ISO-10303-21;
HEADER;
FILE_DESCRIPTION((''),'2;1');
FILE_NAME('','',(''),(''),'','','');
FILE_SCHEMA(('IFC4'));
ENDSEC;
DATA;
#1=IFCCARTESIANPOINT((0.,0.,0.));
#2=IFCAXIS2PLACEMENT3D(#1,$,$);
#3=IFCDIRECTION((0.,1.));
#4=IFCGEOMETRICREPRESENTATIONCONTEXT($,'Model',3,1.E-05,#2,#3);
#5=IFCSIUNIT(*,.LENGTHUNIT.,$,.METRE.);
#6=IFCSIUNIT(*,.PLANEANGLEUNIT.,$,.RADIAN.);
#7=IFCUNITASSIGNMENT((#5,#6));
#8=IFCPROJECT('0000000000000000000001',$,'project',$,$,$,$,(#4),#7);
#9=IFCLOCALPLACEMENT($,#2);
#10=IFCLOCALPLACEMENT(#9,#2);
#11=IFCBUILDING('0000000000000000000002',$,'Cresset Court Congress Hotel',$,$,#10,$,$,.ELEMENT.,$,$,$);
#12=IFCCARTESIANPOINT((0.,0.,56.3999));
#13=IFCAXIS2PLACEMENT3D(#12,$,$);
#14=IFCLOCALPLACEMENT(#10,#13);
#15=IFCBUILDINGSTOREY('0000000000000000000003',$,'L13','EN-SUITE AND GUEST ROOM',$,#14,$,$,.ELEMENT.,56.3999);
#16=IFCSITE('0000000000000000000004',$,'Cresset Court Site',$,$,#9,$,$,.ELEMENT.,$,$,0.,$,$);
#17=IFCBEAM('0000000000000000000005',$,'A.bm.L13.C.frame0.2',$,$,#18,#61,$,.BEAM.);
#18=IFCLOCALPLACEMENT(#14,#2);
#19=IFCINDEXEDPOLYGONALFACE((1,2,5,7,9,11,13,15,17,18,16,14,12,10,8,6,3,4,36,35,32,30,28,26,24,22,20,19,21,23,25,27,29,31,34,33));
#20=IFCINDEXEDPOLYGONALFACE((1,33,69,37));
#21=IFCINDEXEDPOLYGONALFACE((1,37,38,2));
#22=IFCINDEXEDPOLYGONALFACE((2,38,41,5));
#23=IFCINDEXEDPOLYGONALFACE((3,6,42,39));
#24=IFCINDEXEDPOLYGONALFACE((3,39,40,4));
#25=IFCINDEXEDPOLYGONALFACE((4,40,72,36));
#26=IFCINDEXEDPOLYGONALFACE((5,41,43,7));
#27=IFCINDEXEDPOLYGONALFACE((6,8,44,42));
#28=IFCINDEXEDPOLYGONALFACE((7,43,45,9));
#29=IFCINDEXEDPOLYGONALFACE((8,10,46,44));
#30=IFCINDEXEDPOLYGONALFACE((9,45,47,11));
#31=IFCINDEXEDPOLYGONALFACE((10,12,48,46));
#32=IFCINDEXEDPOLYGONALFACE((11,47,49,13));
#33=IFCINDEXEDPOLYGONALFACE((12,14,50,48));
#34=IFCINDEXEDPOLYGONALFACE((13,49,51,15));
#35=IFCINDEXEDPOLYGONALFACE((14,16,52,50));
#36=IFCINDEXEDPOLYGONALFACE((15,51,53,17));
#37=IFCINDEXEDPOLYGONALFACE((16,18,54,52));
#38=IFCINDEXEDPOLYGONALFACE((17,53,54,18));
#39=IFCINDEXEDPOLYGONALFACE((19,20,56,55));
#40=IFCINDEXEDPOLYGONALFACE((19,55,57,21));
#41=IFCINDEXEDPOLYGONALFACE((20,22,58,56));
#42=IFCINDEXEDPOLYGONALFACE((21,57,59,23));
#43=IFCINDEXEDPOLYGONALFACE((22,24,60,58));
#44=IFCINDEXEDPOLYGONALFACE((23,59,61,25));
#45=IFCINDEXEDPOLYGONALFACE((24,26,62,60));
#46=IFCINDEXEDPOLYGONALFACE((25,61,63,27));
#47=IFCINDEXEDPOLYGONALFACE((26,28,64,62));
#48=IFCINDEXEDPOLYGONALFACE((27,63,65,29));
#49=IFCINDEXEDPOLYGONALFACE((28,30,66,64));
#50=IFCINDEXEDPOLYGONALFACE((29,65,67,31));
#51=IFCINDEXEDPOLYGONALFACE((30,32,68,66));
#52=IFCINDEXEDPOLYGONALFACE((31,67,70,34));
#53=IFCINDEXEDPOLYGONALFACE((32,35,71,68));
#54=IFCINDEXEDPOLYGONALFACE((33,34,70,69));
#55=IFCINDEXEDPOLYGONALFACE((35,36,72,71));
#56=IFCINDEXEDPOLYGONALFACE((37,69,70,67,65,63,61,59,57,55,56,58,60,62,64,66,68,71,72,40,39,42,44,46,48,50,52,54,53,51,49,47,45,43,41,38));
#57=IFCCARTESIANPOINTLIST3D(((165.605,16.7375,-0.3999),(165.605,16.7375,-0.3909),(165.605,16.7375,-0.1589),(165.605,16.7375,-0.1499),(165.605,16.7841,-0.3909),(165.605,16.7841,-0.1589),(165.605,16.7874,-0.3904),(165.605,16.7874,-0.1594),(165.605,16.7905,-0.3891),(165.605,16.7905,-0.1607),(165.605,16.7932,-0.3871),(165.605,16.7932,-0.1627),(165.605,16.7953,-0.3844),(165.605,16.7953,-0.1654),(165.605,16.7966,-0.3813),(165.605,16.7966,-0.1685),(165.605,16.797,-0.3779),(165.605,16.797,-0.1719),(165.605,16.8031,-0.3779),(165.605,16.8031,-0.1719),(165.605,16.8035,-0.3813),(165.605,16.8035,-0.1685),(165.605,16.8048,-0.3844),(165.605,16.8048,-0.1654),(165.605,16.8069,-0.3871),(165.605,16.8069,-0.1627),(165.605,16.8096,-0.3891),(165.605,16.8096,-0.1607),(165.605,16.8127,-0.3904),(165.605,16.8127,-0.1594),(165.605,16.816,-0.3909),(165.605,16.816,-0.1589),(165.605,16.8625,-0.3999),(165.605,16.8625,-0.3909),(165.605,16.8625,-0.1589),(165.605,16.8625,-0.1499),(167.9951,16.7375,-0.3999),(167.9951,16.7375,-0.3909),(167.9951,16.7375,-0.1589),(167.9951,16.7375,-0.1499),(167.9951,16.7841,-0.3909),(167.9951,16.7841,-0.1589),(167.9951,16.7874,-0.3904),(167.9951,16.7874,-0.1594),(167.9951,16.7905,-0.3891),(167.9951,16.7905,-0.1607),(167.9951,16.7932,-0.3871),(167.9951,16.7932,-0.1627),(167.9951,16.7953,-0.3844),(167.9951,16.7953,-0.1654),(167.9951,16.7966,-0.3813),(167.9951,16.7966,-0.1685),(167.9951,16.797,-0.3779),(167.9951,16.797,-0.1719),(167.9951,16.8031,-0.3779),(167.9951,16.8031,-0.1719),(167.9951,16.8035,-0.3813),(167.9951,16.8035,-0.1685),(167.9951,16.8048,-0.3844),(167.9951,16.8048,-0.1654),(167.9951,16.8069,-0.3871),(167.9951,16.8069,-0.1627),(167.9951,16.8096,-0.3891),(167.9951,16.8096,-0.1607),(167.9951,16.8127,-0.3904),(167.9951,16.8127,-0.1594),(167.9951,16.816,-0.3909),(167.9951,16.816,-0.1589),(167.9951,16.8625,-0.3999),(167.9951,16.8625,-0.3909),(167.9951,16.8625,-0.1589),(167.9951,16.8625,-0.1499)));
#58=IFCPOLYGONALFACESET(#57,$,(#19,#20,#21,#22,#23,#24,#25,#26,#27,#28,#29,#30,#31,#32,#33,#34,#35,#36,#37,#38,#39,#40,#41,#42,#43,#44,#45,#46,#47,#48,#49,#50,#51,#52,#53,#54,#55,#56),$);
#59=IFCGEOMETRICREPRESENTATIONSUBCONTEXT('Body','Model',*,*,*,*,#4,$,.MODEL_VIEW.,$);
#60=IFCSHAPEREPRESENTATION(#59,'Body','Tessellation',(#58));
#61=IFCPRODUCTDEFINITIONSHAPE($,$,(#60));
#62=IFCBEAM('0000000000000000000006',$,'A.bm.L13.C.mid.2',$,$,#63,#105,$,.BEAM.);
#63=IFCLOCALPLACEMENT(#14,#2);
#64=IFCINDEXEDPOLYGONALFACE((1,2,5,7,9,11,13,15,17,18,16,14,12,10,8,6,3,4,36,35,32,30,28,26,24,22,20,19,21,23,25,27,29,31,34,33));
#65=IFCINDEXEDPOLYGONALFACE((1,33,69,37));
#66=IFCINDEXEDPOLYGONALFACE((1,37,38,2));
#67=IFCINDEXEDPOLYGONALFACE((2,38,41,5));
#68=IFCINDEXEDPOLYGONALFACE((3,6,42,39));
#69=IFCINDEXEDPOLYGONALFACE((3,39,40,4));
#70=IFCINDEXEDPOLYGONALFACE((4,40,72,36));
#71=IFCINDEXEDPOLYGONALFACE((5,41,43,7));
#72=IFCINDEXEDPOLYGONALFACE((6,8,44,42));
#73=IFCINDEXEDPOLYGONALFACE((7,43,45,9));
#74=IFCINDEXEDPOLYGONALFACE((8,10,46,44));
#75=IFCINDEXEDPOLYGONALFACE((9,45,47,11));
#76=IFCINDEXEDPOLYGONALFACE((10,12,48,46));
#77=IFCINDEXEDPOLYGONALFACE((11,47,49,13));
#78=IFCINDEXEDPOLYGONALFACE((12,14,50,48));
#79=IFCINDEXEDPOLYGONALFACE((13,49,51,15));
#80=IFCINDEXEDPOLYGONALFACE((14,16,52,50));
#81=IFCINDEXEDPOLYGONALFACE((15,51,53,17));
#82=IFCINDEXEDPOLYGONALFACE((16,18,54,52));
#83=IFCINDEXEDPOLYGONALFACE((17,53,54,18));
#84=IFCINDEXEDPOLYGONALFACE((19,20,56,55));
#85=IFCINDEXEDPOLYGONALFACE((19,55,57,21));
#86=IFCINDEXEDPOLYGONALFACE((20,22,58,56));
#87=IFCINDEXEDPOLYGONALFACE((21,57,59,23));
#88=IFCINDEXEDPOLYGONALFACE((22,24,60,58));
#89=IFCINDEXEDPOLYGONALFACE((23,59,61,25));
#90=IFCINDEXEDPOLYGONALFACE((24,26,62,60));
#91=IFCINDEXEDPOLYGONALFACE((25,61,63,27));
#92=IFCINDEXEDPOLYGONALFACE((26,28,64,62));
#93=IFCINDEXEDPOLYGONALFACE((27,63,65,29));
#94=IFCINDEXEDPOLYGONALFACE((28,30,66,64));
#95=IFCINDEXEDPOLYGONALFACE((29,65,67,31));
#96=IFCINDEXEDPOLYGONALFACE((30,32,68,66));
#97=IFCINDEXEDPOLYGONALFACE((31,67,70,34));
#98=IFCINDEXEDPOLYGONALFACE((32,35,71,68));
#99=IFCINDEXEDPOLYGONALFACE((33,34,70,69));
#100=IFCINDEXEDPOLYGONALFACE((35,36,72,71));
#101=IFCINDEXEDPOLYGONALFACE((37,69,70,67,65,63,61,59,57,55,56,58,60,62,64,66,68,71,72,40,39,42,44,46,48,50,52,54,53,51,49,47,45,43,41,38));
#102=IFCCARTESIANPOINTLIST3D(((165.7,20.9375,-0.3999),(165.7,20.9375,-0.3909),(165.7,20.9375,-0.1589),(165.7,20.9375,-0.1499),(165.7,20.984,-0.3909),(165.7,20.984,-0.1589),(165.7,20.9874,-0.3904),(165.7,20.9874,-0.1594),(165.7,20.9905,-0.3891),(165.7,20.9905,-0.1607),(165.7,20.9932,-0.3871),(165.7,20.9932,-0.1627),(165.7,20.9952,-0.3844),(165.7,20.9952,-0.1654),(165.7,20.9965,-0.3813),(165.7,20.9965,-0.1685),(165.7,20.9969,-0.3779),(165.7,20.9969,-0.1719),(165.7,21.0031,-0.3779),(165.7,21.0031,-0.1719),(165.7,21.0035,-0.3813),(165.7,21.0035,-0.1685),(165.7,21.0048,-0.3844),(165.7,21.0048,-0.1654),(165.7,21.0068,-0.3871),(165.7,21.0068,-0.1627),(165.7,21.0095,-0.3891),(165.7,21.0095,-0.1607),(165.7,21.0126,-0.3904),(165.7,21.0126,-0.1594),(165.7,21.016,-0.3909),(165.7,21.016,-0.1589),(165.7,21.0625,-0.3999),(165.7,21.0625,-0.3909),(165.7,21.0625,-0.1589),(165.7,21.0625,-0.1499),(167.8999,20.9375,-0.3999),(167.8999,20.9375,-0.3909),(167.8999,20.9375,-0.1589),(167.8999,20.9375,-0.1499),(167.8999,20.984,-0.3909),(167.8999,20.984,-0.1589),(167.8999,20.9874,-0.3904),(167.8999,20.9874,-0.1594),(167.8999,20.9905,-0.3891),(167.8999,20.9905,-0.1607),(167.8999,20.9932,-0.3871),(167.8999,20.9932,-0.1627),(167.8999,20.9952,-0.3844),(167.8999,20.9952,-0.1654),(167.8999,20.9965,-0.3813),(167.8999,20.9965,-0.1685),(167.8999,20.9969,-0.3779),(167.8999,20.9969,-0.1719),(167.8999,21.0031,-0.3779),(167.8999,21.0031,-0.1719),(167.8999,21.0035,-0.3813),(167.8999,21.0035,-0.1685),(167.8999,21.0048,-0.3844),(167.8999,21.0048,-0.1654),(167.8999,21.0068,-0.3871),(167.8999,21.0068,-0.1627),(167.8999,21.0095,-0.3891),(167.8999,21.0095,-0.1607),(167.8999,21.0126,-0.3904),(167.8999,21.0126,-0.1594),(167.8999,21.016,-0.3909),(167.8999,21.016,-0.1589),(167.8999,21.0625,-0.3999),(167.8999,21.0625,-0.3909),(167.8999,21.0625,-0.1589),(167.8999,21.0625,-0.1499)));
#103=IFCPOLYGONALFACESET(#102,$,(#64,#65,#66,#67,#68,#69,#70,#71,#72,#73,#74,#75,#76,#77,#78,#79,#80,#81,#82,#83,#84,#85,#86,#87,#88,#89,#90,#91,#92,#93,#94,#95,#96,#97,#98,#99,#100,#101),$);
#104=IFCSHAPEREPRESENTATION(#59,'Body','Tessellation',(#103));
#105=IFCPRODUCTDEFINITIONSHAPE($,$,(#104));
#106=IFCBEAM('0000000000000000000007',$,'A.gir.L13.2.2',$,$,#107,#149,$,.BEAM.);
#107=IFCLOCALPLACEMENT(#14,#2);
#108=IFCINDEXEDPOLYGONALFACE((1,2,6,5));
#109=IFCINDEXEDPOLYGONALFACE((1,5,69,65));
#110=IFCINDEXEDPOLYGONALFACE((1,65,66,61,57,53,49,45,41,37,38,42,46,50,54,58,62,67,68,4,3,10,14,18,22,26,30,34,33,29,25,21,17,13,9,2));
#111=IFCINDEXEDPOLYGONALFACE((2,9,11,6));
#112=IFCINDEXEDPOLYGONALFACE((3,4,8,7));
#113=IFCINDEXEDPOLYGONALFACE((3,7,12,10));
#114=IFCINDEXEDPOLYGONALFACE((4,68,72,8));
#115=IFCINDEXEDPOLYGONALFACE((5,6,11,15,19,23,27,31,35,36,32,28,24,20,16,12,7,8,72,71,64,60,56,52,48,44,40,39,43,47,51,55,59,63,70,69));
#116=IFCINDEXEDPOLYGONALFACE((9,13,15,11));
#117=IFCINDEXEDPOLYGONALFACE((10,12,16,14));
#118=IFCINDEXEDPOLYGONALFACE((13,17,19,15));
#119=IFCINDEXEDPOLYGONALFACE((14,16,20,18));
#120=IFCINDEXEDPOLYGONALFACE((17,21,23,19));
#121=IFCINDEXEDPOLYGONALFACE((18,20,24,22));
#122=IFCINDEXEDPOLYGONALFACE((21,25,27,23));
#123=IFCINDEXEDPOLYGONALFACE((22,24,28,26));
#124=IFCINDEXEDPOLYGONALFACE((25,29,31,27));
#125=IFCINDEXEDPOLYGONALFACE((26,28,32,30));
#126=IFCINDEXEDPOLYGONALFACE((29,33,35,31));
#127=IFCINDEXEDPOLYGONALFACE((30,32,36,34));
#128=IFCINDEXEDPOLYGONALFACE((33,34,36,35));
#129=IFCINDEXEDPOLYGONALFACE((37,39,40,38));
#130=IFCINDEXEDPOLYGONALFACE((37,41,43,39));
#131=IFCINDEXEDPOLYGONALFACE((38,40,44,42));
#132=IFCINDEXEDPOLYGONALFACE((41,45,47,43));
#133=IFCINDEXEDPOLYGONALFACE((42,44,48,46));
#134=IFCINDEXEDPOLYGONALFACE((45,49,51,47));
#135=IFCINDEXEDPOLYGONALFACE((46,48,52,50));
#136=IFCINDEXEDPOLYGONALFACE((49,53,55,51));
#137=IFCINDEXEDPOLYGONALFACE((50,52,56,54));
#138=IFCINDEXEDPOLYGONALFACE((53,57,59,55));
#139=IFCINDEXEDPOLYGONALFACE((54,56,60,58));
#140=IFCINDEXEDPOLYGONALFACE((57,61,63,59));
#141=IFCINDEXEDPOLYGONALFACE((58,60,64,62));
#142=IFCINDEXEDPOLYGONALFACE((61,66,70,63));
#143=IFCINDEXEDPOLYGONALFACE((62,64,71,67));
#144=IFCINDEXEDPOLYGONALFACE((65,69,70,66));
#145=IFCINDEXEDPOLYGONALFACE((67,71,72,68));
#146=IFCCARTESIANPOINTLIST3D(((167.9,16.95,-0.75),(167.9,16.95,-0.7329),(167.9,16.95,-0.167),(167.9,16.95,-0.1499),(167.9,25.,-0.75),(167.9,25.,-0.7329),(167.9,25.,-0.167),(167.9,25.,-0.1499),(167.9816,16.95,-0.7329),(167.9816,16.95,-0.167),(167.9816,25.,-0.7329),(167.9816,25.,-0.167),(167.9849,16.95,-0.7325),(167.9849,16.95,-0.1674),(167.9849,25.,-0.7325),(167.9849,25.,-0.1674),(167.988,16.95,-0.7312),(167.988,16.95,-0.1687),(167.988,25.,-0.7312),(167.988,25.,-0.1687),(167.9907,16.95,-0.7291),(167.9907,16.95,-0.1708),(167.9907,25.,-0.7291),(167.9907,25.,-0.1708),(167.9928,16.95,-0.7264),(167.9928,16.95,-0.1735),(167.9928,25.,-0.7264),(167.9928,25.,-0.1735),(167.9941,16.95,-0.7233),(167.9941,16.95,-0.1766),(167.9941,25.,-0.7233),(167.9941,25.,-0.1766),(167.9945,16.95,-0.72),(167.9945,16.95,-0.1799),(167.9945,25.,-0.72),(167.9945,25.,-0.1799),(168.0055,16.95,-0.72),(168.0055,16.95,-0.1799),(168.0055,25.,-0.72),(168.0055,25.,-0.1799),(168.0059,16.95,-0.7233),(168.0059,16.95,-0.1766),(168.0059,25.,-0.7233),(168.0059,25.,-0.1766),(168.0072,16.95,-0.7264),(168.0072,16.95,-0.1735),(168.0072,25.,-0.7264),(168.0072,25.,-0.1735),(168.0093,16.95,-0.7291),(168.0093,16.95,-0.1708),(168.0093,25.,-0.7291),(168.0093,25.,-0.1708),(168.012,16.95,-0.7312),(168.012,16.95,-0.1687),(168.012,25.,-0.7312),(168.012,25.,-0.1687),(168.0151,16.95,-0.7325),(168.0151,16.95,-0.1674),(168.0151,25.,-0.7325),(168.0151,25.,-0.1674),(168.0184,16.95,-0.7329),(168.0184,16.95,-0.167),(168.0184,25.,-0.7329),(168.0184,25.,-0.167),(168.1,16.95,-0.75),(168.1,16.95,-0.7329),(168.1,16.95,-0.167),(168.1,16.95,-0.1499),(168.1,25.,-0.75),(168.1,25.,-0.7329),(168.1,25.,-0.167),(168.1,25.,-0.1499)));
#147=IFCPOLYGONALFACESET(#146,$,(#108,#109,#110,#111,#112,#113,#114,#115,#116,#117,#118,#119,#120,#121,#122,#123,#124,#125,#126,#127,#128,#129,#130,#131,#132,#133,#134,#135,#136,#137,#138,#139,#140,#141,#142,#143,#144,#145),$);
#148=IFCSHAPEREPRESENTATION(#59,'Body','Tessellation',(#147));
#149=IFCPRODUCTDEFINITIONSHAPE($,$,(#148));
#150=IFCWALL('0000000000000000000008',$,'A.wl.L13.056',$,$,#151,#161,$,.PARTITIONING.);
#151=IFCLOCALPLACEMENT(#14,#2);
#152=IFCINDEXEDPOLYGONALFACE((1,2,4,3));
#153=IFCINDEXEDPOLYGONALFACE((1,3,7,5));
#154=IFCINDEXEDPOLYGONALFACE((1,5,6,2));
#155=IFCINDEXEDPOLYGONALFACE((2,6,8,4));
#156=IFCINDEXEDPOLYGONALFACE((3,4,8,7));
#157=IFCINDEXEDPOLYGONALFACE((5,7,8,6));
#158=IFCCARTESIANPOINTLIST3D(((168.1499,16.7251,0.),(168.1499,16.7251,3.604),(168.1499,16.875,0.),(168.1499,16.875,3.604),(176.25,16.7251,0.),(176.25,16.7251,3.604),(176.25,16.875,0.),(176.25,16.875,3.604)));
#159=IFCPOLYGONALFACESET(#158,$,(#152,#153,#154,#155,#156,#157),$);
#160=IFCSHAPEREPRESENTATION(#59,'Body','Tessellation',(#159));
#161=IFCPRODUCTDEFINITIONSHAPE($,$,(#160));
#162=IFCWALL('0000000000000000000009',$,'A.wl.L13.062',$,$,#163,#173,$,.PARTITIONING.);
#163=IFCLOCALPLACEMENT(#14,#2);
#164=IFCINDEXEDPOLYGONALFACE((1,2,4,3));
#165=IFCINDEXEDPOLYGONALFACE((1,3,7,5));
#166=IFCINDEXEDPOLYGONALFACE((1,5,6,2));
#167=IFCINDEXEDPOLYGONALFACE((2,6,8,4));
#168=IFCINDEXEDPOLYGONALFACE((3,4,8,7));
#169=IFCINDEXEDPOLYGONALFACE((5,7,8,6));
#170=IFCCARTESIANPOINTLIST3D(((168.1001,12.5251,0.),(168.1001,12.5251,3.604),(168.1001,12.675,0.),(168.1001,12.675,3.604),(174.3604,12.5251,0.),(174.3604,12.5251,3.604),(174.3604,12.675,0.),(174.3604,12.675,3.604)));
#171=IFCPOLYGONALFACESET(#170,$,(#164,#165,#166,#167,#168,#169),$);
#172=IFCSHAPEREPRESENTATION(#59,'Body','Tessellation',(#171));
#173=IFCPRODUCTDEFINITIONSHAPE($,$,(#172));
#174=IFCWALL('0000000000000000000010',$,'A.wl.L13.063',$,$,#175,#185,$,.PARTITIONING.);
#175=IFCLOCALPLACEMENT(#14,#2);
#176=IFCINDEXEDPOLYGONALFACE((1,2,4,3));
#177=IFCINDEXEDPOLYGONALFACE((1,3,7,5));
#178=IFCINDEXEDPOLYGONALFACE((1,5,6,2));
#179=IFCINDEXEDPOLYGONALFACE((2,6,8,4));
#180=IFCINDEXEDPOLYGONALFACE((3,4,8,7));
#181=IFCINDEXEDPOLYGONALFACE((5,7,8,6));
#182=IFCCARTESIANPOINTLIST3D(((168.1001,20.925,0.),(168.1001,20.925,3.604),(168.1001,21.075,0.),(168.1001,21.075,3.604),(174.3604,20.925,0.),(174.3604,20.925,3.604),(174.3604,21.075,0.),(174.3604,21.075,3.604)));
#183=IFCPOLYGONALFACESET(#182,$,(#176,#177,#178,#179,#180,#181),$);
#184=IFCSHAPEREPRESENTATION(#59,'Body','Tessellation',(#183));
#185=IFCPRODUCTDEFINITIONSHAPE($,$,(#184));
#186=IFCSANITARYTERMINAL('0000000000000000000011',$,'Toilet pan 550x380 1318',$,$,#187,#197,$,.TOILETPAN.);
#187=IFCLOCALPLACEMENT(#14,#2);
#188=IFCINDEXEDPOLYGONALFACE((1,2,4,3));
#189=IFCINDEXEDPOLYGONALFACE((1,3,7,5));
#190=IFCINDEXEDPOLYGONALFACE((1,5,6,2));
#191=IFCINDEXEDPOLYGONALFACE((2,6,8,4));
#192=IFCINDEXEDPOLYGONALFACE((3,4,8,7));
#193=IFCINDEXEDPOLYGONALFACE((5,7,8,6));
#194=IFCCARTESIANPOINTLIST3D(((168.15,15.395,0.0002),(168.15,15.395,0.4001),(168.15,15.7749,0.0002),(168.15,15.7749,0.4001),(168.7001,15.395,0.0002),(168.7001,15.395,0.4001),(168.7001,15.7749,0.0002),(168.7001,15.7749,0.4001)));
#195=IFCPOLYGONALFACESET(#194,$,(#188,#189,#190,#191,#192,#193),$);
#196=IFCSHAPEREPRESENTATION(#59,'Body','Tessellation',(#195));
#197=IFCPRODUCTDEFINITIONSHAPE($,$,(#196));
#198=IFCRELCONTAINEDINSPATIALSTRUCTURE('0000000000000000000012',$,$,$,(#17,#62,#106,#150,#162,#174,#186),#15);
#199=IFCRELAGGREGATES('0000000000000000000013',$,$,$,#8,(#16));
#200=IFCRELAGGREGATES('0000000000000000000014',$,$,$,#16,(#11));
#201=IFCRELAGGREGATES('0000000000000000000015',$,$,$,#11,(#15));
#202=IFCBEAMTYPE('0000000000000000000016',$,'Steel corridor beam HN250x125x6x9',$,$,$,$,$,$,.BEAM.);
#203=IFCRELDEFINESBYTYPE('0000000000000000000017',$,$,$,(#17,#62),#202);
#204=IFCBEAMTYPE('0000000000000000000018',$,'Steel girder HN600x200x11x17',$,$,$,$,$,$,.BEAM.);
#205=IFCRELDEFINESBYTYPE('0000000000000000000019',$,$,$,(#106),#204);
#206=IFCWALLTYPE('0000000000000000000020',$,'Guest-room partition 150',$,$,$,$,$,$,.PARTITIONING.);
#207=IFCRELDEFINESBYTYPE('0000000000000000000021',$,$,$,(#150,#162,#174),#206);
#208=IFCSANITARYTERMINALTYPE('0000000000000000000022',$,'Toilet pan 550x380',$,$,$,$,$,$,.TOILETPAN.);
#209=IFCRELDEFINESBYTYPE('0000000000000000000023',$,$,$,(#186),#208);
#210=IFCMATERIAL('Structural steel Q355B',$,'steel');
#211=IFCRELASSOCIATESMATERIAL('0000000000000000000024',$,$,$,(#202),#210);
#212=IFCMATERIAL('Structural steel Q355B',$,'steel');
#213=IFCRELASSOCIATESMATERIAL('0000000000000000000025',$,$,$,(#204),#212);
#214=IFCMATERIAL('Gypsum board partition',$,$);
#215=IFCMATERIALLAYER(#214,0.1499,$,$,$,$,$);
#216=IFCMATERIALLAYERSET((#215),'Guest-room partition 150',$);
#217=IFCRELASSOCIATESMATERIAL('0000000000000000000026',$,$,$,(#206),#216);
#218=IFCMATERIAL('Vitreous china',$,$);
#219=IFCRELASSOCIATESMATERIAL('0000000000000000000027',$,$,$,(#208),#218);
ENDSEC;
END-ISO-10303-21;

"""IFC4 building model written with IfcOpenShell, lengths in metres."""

from ifc_helpers import new_model, si_unit, direction, frame, frame_2d, origin, origin_2d, place, context, subcontext, project, spatial, rectangle, i_section, extrude, material, layer, layer_set, material_profile, profile_set, type_object, element, save


model = new_model("IFC4")

# Units and contexts
model_context = context("Model", 3, precision=1e-05, world=origin(), true_north=direction((0.0, 1.0)))
body_context = subcontext(model_context, "Body", "Model", "MODEL_VIEW")
ifc_project = project(units=[si_unit("LENGTHUNIT", "METRE"), si_unit("PLANEANGLEUNIT", "RADIAN")], contexts=[model_context])

# Site, building, storey
site_placement = place(None, origin())
site = spatial("IfcSite", under=ifc_project, at=site_placement, Name="Cresset Court Site", CompositionType="ELEMENT", RefElevation=0.0)
building_placement = place(site_placement, origin())
building = spatial("IfcBuilding", under=site, at=building_placement, Name="Cresset Court Congress Hotel", CompositionType="ELEMENT")
storey_placement = place(building_placement, frame((0.0, 0.0, 56.3999)))
storey = spatial("IfcBuildingStorey", under=building, at=storey_placement, Name="L13", Description="EN-SUITE AND GUEST ROOM", CompositionType="ELEMENT", Elevation=56.3999)

# Beams
ifc_material_1 = material(Name="Structural steel Q355B", Category="steel")
ifc_material_profile_1 = material_profile(ifc_material_1, i_section(OverallWidth=0.125, OverallDepth=0.25, WebThickness=0.0061, FlangeThickness=0.009, FilletRadius=0.0129, at=origin_2d()), Name="HN250x125x6x9")
ifc_profile_set_1 = profile_set([ifc_material_profile_1], Name="Structural steel Q355B")
beam_type_1 = type_object("IfcBeamType", Name="Steel corridor beam HN250x125x6x9", PredefinedType="BEAM", material=ifc_profile_set_1)
beam_1_placement = place(storey_placement, frame((165.605, 16.8, -0.2749), z_axis=(1.0, 0.0, 0.0), x_axis=(0.0, 1.0, 0.0)))
element("IfcBeam", 1, at=beam_1_placement, inside=storey, type_object=beam_type_1, Name="A.bm.L13.C.frame0.2", PredefinedType="BEAM", context=body_context, shape_type="SweptSolid", body=[
    extrude(i_section(OverallWidth=0.125, OverallDepth=0.25, WebThickness=0.0061, FlangeThickness=0.009, FilletRadius=0.0129, at=origin_2d()), origin(), (0.0, 0.0, 1.0), 2.3901),
])
beam_2_placement = place(storey_placement, frame((165.7, 21.0, -0.2749), z_axis=(1.0, 0.0, 0.0), x_axis=(0.0, 1.0, 0.0)))
element("IfcBeam", 2, at=beam_2_placement, inside=storey, type_object=beam_type_1, Name="A.bm.L13.C.mid.2", PredefinedType="BEAM", context=body_context, shape_type="SweptSolid", body=[
    extrude(i_section(OverallWidth=0.125, OverallDepth=0.25, WebThickness=0.0061, FlangeThickness=0.009, FilletRadius=0.0129, at=origin_2d()), origin(), (0.0, 0.0, 1.0), 2.2),
])
ifc_material_2 = material(Name="Structural steel Q355B", Category="steel")
ifc_material_profile_2 = material_profile(ifc_material_2, i_section(OverallWidth=0.2, OverallDepth=0.6001, WebThickness=0.011, FlangeThickness=0.0171, FilletRadius=0.0129, at=origin_2d()), Name="HN600x200x11x17")
ifc_profile_set_2 = profile_set([ifc_material_profile_2], Name="Structural steel Q355B")
beam_type_2 = type_object("IfcBeamType", Name="Steel girder HN600x200x11x17", PredefinedType="BEAM", material=ifc_profile_set_2)
beam_3_placement = place(storey_placement, frame((168.0, 16.95, -0.45), z_axis=(0.0, 1.0, 0.0), x_axis=(-1.0, 0.0, 0.0)))
element("IfcBeam", 3, at=beam_3_placement, inside=storey, type_object=beam_type_2, Name="A.gir.L13.2.2", PredefinedType="BEAM", context=body_context, shape_type="SweptSolid", body=[
    extrude(i_section(OverallWidth=0.2, OverallDepth=0.6001, WebThickness=0.011, FlangeThickness=0.0171, FilletRadius=0.0129, at=origin_2d()), origin(), (0.0, 0.0, 1.0), 8.05),
])

# Walls
ifc_material_3 = material(Name="Gypsum board partition")
ifc_layer_1 = layer(ifc_material_3, 0.1499)
ifc_layer_set_1 = layer_set([ifc_layer_1], Name="Guest-room partition 150")
wall_type_1 = type_object("IfcWallType", Name="Guest-room partition 150", PredefinedType="PARTITIONING", material=ifc_layer_set_1)
wall_1_placement = place(storey_placement, frame((168.1499, 16.8, 0.0), z_axis=(0.0, 0.0, 1.0), x_axis=(1.0, 0.0, 0.0)))
element("IfcWall", 4, at=wall_1_placement, inside=storey, type_object=wall_type_1, Name="A.wl.L13.056", PredefinedType="PARTITIONING", context=body_context, shape_type="SweptSolid", body=[
    extrude(rectangle(XDim=8.1001, YDim=0.1499, at=frame_2d((4.05, 0.0))), origin(), (0.0, 0.0, 1.0), 3.604),
])
for number, where, z_axis, x_axis, name in (
    (5, (168.1001, 12.6001, 0.0), (0.0, 0.0, 1.0), (1.0, 0.0, 0.0), "A.wl.L13.062"),
    (6, (168.1001, 21.0, 0.0), (0.0, 0.0, 1.0), (1.0, 0.0, 0.0), "A.wl.L13.063"),
):
    element("IfcWall", number, at=place(storey_placement, frame(where, z_axis=z_axis, x_axis=x_axis)), inside=storey, type_object=wall_type_1, Name=name, PredefinedType="PARTITIONING", context=body_context, shape_type="SweptSolid", body=[
        extrude(rectangle(XDim=6.2603, YDim=0.1499, at=frame_2d((3.1301, 0.0))), origin(), (0.0, 0.0, 1.0), 3.604),
    ])

# Sanitary terminal
ifc_material_4 = material(Name="Vitreous china")
sanitary_terminal_type_1 = type_object("IfcSanitaryTerminalType", Name="Toilet pan 550x380", PredefinedType="TOILETPAN", material=ifc_material_4)
sanitary_terminal_placement = place(storey_placement, frame((168.425, 15.585, 0.0002), z_axis=(0.0, 0.0, 1.0), x_axis=(1.0, 0.0, 0.0)))
element("IfcSanitaryTerminal", 7, at=sanitary_terminal_placement, inside=storey, type_object=sanitary_terminal_type_1, Name="Toilet pan 550x380 1318", PredefinedType="TOILETPAN", context=body_context, shape_type="SweptSolid", body=[
    extrude(rectangle(XDim=0.55, YDim=0.3799, at=origin_2d()), origin(), (0.0, 0.0, 1.0), 0.3999),
])

save(model, "model.ifc")
